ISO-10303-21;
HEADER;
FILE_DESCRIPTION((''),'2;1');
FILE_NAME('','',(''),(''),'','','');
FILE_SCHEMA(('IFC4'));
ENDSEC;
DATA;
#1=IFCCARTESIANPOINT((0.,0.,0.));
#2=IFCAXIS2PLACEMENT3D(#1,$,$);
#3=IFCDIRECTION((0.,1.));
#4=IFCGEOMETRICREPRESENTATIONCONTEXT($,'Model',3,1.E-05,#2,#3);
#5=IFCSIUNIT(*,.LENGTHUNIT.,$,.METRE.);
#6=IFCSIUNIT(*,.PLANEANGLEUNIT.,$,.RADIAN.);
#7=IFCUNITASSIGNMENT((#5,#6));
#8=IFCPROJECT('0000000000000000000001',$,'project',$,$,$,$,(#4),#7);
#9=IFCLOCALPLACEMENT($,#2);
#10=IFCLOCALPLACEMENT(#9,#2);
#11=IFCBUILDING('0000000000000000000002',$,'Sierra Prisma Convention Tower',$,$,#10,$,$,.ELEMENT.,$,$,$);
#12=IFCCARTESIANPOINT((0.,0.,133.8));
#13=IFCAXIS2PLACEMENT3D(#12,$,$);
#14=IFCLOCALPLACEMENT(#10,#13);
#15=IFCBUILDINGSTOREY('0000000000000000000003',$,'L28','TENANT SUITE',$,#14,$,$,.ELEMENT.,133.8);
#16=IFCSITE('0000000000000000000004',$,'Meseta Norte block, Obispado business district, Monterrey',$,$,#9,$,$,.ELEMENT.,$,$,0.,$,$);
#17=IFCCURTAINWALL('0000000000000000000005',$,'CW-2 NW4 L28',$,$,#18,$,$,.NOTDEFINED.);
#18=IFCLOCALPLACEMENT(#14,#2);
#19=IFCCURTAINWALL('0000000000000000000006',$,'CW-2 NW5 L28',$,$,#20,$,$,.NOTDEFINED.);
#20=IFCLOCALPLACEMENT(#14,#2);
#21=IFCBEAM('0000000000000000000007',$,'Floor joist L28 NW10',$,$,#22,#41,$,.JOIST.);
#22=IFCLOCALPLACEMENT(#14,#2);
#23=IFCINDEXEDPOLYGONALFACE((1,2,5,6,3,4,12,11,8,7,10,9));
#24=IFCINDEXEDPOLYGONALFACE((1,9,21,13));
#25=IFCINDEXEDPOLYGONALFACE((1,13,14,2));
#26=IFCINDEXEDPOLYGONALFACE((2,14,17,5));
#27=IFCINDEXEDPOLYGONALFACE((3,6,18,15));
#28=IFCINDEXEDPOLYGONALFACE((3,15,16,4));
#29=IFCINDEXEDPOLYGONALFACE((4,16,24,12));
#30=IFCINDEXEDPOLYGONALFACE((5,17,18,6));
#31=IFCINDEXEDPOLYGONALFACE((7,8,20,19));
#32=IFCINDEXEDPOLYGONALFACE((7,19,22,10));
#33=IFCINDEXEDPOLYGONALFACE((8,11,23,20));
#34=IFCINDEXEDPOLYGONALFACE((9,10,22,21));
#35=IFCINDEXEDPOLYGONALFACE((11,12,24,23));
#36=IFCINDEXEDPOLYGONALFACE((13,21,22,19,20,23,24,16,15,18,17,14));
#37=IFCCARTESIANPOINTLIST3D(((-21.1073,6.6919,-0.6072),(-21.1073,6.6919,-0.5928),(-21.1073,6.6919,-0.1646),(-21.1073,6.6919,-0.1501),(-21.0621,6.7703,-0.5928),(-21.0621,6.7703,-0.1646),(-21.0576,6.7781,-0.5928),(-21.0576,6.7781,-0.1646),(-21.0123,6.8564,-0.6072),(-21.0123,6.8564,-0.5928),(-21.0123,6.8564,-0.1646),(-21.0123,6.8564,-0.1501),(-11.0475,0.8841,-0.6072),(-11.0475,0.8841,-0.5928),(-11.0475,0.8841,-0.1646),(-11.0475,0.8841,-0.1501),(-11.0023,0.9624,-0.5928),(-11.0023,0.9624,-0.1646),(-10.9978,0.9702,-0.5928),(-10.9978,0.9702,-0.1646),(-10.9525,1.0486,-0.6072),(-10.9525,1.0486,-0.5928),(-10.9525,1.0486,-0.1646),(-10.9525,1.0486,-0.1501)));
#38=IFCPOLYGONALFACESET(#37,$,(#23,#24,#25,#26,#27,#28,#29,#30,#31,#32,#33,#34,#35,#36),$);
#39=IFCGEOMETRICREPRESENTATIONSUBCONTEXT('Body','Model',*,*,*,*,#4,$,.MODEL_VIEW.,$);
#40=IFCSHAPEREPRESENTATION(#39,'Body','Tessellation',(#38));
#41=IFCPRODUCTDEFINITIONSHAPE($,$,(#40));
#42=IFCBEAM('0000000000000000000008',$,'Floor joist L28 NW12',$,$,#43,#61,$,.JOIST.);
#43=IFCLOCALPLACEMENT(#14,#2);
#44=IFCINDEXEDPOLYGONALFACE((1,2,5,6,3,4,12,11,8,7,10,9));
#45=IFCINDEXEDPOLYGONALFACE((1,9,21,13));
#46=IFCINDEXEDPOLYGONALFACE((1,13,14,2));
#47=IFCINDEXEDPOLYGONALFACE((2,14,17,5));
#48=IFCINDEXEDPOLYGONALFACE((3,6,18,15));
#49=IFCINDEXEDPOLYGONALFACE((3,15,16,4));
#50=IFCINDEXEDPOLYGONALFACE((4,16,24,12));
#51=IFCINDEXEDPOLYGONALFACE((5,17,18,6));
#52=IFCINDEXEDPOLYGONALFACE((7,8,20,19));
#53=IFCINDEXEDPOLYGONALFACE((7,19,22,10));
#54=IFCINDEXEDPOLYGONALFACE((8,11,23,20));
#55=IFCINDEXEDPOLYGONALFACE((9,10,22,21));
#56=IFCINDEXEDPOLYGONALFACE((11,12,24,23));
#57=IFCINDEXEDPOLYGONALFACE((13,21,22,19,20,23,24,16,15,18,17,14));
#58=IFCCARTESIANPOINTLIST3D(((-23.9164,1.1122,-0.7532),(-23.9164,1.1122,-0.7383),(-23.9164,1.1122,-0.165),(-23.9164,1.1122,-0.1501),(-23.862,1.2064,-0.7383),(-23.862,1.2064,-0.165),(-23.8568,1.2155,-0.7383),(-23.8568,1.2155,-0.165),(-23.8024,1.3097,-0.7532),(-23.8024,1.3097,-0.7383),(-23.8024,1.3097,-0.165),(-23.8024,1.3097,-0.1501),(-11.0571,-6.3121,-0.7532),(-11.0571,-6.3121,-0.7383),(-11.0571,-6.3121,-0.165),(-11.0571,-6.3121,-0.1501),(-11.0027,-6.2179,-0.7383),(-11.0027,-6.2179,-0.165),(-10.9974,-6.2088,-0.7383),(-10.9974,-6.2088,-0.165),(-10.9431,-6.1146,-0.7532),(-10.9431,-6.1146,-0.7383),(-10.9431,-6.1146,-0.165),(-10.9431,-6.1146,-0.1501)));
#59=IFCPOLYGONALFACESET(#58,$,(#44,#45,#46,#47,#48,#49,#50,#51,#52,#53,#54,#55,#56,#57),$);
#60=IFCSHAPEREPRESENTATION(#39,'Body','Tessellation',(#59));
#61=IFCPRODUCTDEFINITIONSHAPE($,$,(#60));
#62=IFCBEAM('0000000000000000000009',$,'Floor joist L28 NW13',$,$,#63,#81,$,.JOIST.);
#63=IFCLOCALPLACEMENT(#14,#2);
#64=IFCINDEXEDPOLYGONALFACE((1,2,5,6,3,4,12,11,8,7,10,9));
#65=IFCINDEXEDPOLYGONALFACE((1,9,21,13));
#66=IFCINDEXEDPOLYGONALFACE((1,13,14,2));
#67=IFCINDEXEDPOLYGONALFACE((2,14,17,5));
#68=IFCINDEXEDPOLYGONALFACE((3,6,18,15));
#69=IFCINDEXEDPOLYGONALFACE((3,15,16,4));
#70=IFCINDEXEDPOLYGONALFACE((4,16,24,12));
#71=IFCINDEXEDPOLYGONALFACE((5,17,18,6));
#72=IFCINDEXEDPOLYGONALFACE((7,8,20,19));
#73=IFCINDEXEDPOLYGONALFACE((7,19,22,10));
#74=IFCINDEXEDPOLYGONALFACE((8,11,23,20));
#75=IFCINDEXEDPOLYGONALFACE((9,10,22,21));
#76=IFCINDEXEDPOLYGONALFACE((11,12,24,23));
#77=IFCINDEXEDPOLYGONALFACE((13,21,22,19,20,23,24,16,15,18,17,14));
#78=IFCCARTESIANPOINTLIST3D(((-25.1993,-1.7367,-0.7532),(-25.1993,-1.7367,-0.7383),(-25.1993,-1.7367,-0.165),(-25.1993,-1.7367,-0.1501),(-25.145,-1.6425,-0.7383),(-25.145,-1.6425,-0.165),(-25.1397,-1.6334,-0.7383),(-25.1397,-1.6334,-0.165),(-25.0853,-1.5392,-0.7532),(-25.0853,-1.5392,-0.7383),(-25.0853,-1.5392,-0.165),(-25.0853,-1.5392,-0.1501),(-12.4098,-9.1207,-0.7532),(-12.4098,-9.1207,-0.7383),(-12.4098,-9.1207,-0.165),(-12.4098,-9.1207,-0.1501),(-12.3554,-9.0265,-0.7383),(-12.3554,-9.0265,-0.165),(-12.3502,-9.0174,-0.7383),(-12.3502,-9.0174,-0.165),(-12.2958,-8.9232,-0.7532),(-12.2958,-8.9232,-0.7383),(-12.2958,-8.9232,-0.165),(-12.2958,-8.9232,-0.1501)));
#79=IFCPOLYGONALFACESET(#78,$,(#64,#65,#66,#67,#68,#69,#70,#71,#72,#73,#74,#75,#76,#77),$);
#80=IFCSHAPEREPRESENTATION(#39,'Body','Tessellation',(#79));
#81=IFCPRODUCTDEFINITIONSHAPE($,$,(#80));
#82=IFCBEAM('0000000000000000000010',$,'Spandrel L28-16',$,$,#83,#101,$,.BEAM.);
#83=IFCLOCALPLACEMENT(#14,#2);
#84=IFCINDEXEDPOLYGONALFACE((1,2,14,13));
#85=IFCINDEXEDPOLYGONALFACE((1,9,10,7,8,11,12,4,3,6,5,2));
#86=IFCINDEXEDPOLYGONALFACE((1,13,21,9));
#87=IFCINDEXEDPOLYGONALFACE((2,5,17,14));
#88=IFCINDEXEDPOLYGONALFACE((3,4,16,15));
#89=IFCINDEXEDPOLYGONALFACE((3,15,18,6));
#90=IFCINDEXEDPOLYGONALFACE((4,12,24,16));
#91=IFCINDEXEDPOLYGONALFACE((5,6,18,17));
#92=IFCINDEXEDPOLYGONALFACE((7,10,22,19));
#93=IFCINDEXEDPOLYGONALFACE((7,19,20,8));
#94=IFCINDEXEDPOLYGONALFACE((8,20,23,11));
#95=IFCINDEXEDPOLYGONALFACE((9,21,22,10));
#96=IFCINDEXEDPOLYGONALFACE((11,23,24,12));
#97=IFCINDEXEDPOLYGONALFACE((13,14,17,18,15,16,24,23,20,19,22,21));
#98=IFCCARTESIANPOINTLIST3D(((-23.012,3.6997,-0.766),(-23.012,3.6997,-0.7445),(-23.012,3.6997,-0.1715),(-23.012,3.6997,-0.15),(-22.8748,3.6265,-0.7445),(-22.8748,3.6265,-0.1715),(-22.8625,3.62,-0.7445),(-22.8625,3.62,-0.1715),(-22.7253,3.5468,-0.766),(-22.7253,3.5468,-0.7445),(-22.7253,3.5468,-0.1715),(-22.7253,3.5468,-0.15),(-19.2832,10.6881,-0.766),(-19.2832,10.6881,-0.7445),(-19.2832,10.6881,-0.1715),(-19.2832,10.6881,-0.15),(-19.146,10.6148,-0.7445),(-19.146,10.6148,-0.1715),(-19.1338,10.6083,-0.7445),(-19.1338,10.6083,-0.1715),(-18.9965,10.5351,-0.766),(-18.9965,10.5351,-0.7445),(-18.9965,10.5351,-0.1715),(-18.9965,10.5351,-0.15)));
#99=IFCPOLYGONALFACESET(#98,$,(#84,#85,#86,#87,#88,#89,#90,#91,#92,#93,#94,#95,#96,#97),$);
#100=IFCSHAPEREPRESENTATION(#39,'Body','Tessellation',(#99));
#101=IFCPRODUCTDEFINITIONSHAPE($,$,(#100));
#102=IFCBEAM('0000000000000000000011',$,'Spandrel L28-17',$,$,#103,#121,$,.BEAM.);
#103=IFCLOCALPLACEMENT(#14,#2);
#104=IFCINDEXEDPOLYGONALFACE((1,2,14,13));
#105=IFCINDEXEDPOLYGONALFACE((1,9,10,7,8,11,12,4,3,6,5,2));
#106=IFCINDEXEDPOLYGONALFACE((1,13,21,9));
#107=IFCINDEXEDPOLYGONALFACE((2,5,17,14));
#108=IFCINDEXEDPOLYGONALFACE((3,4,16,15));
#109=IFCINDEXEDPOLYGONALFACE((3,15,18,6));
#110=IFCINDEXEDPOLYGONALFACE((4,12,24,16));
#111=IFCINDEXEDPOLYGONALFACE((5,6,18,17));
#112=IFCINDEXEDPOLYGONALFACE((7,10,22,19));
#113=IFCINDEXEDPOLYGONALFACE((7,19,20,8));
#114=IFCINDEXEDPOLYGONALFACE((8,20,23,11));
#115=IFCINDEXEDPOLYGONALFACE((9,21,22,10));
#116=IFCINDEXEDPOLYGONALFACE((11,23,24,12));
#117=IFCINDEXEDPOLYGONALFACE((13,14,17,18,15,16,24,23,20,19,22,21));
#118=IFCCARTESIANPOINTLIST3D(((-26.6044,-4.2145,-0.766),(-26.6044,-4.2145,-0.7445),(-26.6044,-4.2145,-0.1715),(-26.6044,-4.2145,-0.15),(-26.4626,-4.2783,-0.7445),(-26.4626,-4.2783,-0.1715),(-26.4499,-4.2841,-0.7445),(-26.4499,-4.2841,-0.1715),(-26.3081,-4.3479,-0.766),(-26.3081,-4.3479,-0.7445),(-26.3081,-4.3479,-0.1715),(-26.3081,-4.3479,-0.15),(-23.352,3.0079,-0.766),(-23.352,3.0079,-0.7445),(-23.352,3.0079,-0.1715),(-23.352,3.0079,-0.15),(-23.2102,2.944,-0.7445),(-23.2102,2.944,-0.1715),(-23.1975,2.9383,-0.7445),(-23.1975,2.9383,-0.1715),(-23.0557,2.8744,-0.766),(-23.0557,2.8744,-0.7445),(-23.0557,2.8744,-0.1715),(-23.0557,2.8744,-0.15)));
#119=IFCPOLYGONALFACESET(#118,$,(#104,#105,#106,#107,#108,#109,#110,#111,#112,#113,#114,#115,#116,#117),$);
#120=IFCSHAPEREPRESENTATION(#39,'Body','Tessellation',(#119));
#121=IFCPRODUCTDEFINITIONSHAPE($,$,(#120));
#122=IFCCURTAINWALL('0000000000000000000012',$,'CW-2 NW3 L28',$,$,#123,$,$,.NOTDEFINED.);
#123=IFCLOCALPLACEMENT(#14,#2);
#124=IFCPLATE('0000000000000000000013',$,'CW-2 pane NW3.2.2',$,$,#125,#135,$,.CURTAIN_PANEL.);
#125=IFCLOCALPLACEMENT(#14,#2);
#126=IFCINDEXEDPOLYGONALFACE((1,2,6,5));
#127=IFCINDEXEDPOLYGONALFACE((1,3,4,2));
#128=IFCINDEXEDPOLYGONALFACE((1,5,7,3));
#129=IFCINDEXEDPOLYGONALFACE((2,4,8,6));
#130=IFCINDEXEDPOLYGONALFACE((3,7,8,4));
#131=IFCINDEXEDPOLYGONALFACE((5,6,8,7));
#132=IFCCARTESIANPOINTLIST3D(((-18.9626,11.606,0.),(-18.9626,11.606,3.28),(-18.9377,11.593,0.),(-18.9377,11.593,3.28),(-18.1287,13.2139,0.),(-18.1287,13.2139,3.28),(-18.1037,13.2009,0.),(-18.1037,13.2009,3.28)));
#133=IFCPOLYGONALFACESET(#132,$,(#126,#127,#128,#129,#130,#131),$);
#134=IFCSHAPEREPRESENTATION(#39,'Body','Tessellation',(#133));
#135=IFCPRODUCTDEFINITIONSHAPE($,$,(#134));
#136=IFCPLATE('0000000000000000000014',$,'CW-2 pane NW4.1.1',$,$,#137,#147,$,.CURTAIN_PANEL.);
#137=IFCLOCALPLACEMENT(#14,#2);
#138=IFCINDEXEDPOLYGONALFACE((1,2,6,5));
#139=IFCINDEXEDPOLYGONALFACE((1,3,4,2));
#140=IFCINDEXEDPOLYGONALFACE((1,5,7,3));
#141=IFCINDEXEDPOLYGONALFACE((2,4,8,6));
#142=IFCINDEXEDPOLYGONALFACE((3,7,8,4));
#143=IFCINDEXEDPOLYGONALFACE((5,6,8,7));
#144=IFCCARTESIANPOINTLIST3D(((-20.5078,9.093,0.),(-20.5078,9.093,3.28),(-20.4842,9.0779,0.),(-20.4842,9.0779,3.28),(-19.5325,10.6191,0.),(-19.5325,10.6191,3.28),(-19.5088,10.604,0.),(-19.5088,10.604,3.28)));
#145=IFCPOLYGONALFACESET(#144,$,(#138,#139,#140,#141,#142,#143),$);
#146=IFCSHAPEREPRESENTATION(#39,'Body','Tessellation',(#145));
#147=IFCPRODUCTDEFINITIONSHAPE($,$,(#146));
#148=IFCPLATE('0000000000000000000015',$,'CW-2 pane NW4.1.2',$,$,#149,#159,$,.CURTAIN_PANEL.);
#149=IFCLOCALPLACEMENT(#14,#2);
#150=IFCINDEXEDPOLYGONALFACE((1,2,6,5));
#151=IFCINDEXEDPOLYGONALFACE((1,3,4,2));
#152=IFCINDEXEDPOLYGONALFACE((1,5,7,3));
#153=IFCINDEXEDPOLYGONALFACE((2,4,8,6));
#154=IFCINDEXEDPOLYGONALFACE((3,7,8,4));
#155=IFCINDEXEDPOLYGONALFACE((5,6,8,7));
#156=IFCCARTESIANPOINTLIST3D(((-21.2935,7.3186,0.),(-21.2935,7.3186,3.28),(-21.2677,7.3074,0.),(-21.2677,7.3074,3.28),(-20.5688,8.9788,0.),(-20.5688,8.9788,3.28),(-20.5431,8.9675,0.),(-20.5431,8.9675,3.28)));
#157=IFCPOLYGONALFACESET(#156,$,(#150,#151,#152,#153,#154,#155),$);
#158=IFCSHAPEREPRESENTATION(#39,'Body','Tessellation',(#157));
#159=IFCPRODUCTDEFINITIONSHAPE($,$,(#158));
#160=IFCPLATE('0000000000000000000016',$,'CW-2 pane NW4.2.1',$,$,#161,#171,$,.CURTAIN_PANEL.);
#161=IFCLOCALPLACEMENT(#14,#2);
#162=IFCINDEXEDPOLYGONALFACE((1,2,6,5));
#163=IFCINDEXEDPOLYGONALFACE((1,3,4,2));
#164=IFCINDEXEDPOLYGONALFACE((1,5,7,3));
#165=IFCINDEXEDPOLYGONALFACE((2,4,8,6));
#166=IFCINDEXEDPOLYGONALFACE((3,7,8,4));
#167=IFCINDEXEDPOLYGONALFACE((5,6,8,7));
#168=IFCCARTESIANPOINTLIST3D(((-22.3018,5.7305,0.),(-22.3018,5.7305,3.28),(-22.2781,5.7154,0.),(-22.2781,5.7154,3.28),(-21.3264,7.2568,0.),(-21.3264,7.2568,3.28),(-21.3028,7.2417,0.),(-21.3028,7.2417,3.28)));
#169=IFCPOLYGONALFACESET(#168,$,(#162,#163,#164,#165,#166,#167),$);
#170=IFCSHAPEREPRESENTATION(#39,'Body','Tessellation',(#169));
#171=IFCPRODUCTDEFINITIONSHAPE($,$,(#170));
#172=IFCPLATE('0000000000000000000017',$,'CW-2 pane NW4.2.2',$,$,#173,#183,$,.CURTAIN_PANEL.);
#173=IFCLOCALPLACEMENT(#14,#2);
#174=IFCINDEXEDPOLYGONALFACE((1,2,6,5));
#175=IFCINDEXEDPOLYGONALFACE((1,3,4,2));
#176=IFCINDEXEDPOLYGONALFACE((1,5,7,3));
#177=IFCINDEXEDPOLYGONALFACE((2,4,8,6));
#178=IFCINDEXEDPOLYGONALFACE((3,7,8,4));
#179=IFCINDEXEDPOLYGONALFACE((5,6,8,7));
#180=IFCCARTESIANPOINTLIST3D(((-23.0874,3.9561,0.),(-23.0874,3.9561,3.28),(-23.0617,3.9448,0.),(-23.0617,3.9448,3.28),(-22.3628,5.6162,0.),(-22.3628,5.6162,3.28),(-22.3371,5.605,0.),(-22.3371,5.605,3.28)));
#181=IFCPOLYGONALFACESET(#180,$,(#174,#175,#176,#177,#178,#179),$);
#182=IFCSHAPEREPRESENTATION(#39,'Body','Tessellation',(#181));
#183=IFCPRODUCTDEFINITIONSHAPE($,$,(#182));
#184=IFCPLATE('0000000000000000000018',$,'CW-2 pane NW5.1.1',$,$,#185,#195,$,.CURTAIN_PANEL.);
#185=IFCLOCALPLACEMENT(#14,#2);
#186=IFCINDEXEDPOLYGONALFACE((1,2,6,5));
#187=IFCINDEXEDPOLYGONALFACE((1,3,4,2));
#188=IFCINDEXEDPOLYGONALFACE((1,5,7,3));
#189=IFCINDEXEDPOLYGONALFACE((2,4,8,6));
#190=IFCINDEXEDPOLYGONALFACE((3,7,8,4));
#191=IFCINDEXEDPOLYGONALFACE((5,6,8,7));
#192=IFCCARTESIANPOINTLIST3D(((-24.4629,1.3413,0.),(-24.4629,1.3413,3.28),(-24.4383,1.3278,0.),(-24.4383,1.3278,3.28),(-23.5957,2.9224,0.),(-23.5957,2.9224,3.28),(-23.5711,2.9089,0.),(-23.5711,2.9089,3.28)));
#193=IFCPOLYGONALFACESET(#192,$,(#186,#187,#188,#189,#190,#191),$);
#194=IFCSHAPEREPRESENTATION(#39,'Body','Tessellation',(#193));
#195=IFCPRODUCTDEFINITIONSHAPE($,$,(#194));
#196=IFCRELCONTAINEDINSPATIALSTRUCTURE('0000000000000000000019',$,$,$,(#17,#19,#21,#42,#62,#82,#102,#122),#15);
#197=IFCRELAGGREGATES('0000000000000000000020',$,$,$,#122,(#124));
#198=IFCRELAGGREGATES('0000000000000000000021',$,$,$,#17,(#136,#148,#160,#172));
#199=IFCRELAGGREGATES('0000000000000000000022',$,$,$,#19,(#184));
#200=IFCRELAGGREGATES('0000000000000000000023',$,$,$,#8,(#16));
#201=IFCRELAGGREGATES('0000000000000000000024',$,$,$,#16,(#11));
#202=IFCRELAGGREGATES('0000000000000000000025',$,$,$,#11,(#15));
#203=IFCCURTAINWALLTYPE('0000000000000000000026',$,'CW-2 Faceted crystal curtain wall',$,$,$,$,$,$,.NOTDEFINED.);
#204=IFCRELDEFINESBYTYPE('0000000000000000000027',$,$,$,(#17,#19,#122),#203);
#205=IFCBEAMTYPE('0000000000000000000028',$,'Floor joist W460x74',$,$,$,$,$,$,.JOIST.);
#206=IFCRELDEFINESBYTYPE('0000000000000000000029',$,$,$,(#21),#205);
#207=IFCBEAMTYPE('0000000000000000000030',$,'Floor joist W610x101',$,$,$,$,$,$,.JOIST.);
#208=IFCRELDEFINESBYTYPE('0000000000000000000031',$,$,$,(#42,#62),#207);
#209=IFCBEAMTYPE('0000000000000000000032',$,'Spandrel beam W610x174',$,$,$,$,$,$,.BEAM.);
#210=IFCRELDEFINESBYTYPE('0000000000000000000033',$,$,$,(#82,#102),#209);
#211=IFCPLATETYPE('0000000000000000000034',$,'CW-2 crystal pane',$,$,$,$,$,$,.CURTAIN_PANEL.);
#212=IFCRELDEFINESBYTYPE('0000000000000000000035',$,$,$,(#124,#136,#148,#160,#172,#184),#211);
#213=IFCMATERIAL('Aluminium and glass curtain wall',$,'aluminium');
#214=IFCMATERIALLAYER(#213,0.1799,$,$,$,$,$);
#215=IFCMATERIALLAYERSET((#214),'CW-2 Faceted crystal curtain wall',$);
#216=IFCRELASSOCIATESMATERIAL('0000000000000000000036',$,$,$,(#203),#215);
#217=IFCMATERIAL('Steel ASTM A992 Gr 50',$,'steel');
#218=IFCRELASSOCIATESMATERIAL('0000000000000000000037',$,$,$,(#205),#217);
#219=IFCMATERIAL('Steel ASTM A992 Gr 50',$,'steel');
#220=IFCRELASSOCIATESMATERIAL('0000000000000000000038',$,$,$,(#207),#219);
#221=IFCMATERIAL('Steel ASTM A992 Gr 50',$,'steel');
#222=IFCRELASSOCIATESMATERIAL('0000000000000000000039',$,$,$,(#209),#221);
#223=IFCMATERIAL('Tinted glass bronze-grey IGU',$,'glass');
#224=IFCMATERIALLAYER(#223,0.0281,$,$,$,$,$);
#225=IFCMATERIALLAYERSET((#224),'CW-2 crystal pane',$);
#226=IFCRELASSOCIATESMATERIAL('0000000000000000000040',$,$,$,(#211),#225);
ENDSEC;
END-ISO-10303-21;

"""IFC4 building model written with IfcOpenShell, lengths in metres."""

from ifc_helpers import new_model, si_unit, direction, frame, origin, origin_2d, place, context, subcontext, project, spatial, polyline, i_section, outline, extrude, material, layer, layer_set, material_profile, profile_set, type_object, element, aggregate, save


model = new_model("IFC4")

# Units and contexts
model_context = context("Model", 3, precision=1e-05, world=origin(), true_north=direction((0.0, 1.0)))
body_context = subcontext(model_context, "Body", "Model", "MODEL_VIEW")
ifc_project = project(units=[si_unit("LENGTHUNIT", "METRE"), si_unit("PLANEANGLEUNIT", "RADIAN")], contexts=[model_context])

# Site, building, storey
site_placement = place(None, origin())
site = spatial("IfcSite", under=ifc_project, at=site_placement, Name="Meseta Norte block, Obispado business district, Monterrey", CompositionType="ELEMENT", RefElevation=0.0)
building_placement = place(site_placement, origin())
building = spatial("IfcBuilding", under=site, at=building_placement, Name="Sierra Prisma Convention Tower", CompositionType="ELEMENT")
storey_placement = place(building_placement, frame((0.0, 0.0, 133.8)))
storey = spatial("IfcBuildingStorey", under=building, at=storey_placement, Name="L28", Description="TENANT SUITE", CompositionType="ELEMENT", Elevation=133.8)

# Curtain wall
ifc_material_1 = material(Name="Aluminium and glass curtain wall", Category="aluminium")
ifc_layer_1 = layer(ifc_material_1, 0.1799)
ifc_layer_set_1 = layer_set([ifc_layer_1], Name="CW-2 Faceted crystal curtain wall")
curtain_wall_type = type_object("IfcCurtainWallType", Name="CW-2 Faceted crystal curtain wall", PredefinedType="NOTDEFINED", material=ifc_layer_set_1)
curtain_wall_1_placement = place(storey_placement, origin())
curtain_wall_1 = element("IfcCurtainWall", 1, at=curtain_wall_1_placement, inside=storey, type_object=curtain_wall_type, Name="CW-2 NW4 L28", PredefinedType="NOTDEFINED")

# Curtain wall
curtain_wall_2_placement = place(storey_placement, origin())
curtain_wall_2 = element("IfcCurtainWall", 2, at=curtain_wall_2_placement, inside=storey, type_object=curtain_wall_type, Name="CW-2 NW5 L28", PredefinedType="NOTDEFINED")

# Beams
ifc_material_2 = material(Name="Steel ASTM A992 Gr 50", Category="steel")
ifc_material_profile_1 = material_profile(ifc_material_2, i_section(OverallWidth=0.1899, OverallDepth=0.457, WebThickness=0.009, FlangeThickness=0.0144, at=origin_2d()), Name="W460x74")
ifc_profile_set_1 = profile_set([ifc_material_profile_1], Name="Steel ASTM A992 Gr 50")
beam_type_1 = type_object("IfcBeamType", Name="Floor joist W460x74", PredefinedType="JOIST", material=ifc_profile_set_1)
beam_1_placement = place(storey_placement, frame((-21.0598, 6.7742, -0.3787), z_axis=(0.866032, -0.499989, 0.0), x_axis=(0.499989, 0.866032, 0.0)))
element("IfcBeam", 3, at=beam_1_placement, inside=storey, type_object=beam_type_1, Name="Floor joist L28 NW10", PredefinedType="JOIST", context=body_context, shape_type="SweptSolid", body=[
    extrude(i_section(OverallWidth=0.1899, OverallDepth=0.457, WebThickness=0.009, FlangeThickness=0.0144, at=origin_2d()), origin(), (0.0, 0.0, 1.0), 11.616),
])
ifc_material_3 = material(Name="Steel ASTM A992 Gr 50", Category="steel")
ifc_material_profile_2 = material_profile(ifc_material_3, i_section(OverallWidth=0.228, OverallDepth=0.603, WebThickness=0.0105, FlangeThickness=0.0149, at=origin_2d()), Name="W610x101")
ifc_profile_set_2 = profile_set([ifc_material_profile_2], Name="Steel ASTM A992 Gr 50")
beam_type_2 = type_object("IfcBeamType", Name="Floor joist W610x101", PredefinedType="JOIST", material=ifc_profile_set_2)
beam_2_placement = place(storey_placement, frame((-23.8594, 1.2109, -0.4517), z_axis=(0.866027, -0.499998, 0.0), x_axis=(0.499998, 0.866027, 0.0)))
element("IfcBeam", 4, at=beam_2_placement, inside=storey, type_object=beam_type_2, Name="Floor joist L28 NW12", PredefinedType="JOIST", context=body_context, shape_type="SweptSolid", body=[
    extrude(i_section(OverallWidth=0.228, OverallDepth=0.603, WebThickness=0.0105, FlangeThickness=0.0149, at=origin_2d()), origin(), (0.0, 0.0, 1.0), 14.8486),
])
beam_3_placement = place(storey_placement, frame((-25.1423, -1.6379, -0.4517), z_axis=(0.866026, -0.499999, 0.0), x_axis=(0.499999, 0.866026, 0.0)))
element("IfcBeam", 5, at=beam_3_placement, inside=storey, type_object=beam_type_2, Name="Floor joist L28 NW13", PredefinedType="JOIST", context=body_context, shape_type="SweptSolid", body=[
    extrude(i_section(OverallWidth=0.228, OverallDepth=0.603, WebThickness=0.0105, FlangeThickness=0.0149, at=origin_2d()), origin(), (0.0, 0.0, 1.0), 14.7681),
])
ifc_material_4 = material(Name="Steel ASTM A992 Gr 50", Category="steel")
ifc_material_profile_3 = material_profile(ifc_material_4, i_section(OverallWidth=0.325, OverallDepth=0.616, WebThickness=0.0139, FlangeThickness=0.0215, at=origin_2d()), Name="W610x174")
ifc_profile_set_3 = profile_set([ifc_material_profile_3], Name="Steel ASTM A992 Gr 50")
beam_type_3 = type_object("IfcBeamType", Name="Spandrel beam W610x174", PredefinedType="BEAM", material=ifc_profile_set_3)
for number, where, z_axis, x_axis, name in (
    (6, (-19.1399, 10.6116, -0.458), (-0.470753, -0.882265, 0.0), (0.882265, -0.470753, 0.0), "Spandrel L28-16"),
    (7, (-23.2039, 2.9412, -0.458), (-0.410612, -0.91181, 0.0), (0.91181, -0.410612, 0.0), "Spandrel L28-17"),
):
    element("IfcBeam", number, at=place(storey_placement, frame(where, z_axis=z_axis, x_axis=x_axis)), inside=storey, type_object=beam_type_3, Name=name, PredefinedType="BEAM", context=body_context, shape_type="SweptSolid", body=[
        extrude(i_section(OverallWidth=0.325, OverallDepth=0.616, WebThickness=0.0139, FlangeThickness=0.0215, at=origin_2d()), origin(), (0.0, 0.0, 1.0), 7.9209),
    ])

# Curtain wall, plate
curtain_wall_3_placement = place(storey_placement, origin())
curtain_wall_3 = element("IfcCurtainWall", 8, at=curtain_wall_3_placement, inside=storey, type_object=curtain_wall_type, Name="CW-2 NW3 L28", PredefinedType="NOTDEFINED")
ifc_material_5 = material(Name="Tinted glass bronze-grey IGU", Category="glass")
ifc_layer_2 = layer(ifc_material_5, 0.0281)
ifc_layer_set_2 = layer_set([ifc_layer_2], Name="CW-2 crystal pane")
plate_type = type_object("IfcPlateType", Name="CW-2 crystal pane", PredefinedType="CURTAIN_PANEL", material=ifc_layer_set_2)
plate_1_placement = place(storey_placement, frame((-18.9626, 11.606, 0.0), z_axis=(-0.887697, 0.460427, 0.0), x_axis=(0.460427, 0.887697, 0.0)))
plate_1 = element("IfcPlate", 9, at=plate_1_placement, type_object=plate_type, Name="CW-2 pane NW3.2.2", PredefinedType="CURTAIN_PANEL", context=body_context, shape_type="SweptSolid", body=[
    extrude(outline(polyline([(0.0, 0.0), (1.8113, 0.0), (1.8113, -3.28), (0.0, -3.28), (0.0, 0.0)])), origin(), (0.0, 0.0, -1.0), 0.0281),
])
aggregate(curtain_wall_3, [plate_1])

# Plates
plate_2_placement = place(storey_placement, frame((-19.5325, 10.6191, 0.0), z_axis=(-0.842616, 0.538514, 0.0), x_axis=(-0.538514, -0.842616, 0.0)))
plate_2 = element("IfcPlate", 10, at=plate_2_placement, type_object=plate_type, Name="CW-2 pane NW4.1.1", PredefinedType="CURTAIN_PANEL", context=body_context, shape_type="SweptSolid", body=[
    extrude(outline(polyline([(0.0, 0.0), (1.8112, 0.0), (1.8112, 3.28), (0.0, 3.28), (0.0, 0.0)])), origin(), (0.0, 0.0, -1.0), 0.0281),
])
plate_3_placement = place(storey_placement, frame((-21.2935, 7.3186, 0.0), z_axis=(-0.916503, 0.400027, 0.0), x_axis=(0.400027, 0.916503, 0.0)))
plate_3 = element("IfcPlate", 11, at=plate_3_placement, type_object=plate_type, Name="CW-2 pane NW4.1.2", PredefinedType="CURTAIN_PANEL", context=body_context, shape_type="SweptSolid", body=[
    extrude(outline(polyline([(0.0, 0.0), (1.8114, 0.0), (1.8114, -3.28), (0.0, -3.28), (0.0, 0.0)])), origin(), (0.0, 0.0, -1.0), 0.0281),
])
plate_4_placement = place(storey_placement, frame((-21.3264, 7.2568, 0.0), z_axis=(-0.842655, 0.538453, 0.0), x_axis=(-0.538453, -0.842655, 0.0)))
plate_4 = element("IfcPlate", 12, at=plate_4_placement, type_object=plate_type, Name="CW-2 pane NW4.2.1", PredefinedType="CURTAIN_PANEL", context=body_context, shape_type="SweptSolid", body=[
    extrude(outline(polyline([(0.0, 0.0), (1.8114, 0.0), (1.8114, 3.28), (0.0, 3.28), (0.0, 0.0)])), origin(), (0.0, 0.0, -1.0), 0.0281),
])
plate_5_placement = place(storey_placement, frame((-23.0874, 3.9561, 0.0), z_axis=(-0.916503, 0.400027, 0.0), x_axis=(0.400027, 0.916503, 0.0)))
plate_5 = element("IfcPlate", 13, at=plate_5_placement, type_object=plate_type, Name="CW-2 pane NW4.2.2", PredefinedType="CURTAIN_PANEL", context=body_context, shape_type="SweptSolid", body=[
    extrude(outline(polyline([(0.0, 0.0), (1.8114, 0.0), (1.8114, -3.28), (0.0, -3.28), (0.0, 0.0)])), origin(), (0.0, 0.0, -1.0), 0.0281),
])
aggregate(curtain_wall_1, [plate_2, plate_3, plate_4, plate_5])
plate_6_placement = place(storey_placement, frame((-23.5957, 2.9224, 0.0), z_axis=(-0.876776, 0.4809, 0.0), x_axis=(-0.4809, -0.876776, 0.0)))
plate_6 = element("IfcPlate", 14, at=plate_6_placement, type_object=plate_type, Name="CW-2 pane NW5.1.1", PredefinedType="CURTAIN_PANEL", context=body_context, shape_type="SweptSolid", body=[
    extrude(outline(polyline([(0.0, 0.0), (1.8033, 0.0), (1.8033, 3.28), (0.0, 3.28), (0.0, 0.0)])), origin(), (0.0, 0.0, -1.0), 0.0281),
])
aggregate(curtain_wall_2, [plate_6])

save(model, "model.ifc")
